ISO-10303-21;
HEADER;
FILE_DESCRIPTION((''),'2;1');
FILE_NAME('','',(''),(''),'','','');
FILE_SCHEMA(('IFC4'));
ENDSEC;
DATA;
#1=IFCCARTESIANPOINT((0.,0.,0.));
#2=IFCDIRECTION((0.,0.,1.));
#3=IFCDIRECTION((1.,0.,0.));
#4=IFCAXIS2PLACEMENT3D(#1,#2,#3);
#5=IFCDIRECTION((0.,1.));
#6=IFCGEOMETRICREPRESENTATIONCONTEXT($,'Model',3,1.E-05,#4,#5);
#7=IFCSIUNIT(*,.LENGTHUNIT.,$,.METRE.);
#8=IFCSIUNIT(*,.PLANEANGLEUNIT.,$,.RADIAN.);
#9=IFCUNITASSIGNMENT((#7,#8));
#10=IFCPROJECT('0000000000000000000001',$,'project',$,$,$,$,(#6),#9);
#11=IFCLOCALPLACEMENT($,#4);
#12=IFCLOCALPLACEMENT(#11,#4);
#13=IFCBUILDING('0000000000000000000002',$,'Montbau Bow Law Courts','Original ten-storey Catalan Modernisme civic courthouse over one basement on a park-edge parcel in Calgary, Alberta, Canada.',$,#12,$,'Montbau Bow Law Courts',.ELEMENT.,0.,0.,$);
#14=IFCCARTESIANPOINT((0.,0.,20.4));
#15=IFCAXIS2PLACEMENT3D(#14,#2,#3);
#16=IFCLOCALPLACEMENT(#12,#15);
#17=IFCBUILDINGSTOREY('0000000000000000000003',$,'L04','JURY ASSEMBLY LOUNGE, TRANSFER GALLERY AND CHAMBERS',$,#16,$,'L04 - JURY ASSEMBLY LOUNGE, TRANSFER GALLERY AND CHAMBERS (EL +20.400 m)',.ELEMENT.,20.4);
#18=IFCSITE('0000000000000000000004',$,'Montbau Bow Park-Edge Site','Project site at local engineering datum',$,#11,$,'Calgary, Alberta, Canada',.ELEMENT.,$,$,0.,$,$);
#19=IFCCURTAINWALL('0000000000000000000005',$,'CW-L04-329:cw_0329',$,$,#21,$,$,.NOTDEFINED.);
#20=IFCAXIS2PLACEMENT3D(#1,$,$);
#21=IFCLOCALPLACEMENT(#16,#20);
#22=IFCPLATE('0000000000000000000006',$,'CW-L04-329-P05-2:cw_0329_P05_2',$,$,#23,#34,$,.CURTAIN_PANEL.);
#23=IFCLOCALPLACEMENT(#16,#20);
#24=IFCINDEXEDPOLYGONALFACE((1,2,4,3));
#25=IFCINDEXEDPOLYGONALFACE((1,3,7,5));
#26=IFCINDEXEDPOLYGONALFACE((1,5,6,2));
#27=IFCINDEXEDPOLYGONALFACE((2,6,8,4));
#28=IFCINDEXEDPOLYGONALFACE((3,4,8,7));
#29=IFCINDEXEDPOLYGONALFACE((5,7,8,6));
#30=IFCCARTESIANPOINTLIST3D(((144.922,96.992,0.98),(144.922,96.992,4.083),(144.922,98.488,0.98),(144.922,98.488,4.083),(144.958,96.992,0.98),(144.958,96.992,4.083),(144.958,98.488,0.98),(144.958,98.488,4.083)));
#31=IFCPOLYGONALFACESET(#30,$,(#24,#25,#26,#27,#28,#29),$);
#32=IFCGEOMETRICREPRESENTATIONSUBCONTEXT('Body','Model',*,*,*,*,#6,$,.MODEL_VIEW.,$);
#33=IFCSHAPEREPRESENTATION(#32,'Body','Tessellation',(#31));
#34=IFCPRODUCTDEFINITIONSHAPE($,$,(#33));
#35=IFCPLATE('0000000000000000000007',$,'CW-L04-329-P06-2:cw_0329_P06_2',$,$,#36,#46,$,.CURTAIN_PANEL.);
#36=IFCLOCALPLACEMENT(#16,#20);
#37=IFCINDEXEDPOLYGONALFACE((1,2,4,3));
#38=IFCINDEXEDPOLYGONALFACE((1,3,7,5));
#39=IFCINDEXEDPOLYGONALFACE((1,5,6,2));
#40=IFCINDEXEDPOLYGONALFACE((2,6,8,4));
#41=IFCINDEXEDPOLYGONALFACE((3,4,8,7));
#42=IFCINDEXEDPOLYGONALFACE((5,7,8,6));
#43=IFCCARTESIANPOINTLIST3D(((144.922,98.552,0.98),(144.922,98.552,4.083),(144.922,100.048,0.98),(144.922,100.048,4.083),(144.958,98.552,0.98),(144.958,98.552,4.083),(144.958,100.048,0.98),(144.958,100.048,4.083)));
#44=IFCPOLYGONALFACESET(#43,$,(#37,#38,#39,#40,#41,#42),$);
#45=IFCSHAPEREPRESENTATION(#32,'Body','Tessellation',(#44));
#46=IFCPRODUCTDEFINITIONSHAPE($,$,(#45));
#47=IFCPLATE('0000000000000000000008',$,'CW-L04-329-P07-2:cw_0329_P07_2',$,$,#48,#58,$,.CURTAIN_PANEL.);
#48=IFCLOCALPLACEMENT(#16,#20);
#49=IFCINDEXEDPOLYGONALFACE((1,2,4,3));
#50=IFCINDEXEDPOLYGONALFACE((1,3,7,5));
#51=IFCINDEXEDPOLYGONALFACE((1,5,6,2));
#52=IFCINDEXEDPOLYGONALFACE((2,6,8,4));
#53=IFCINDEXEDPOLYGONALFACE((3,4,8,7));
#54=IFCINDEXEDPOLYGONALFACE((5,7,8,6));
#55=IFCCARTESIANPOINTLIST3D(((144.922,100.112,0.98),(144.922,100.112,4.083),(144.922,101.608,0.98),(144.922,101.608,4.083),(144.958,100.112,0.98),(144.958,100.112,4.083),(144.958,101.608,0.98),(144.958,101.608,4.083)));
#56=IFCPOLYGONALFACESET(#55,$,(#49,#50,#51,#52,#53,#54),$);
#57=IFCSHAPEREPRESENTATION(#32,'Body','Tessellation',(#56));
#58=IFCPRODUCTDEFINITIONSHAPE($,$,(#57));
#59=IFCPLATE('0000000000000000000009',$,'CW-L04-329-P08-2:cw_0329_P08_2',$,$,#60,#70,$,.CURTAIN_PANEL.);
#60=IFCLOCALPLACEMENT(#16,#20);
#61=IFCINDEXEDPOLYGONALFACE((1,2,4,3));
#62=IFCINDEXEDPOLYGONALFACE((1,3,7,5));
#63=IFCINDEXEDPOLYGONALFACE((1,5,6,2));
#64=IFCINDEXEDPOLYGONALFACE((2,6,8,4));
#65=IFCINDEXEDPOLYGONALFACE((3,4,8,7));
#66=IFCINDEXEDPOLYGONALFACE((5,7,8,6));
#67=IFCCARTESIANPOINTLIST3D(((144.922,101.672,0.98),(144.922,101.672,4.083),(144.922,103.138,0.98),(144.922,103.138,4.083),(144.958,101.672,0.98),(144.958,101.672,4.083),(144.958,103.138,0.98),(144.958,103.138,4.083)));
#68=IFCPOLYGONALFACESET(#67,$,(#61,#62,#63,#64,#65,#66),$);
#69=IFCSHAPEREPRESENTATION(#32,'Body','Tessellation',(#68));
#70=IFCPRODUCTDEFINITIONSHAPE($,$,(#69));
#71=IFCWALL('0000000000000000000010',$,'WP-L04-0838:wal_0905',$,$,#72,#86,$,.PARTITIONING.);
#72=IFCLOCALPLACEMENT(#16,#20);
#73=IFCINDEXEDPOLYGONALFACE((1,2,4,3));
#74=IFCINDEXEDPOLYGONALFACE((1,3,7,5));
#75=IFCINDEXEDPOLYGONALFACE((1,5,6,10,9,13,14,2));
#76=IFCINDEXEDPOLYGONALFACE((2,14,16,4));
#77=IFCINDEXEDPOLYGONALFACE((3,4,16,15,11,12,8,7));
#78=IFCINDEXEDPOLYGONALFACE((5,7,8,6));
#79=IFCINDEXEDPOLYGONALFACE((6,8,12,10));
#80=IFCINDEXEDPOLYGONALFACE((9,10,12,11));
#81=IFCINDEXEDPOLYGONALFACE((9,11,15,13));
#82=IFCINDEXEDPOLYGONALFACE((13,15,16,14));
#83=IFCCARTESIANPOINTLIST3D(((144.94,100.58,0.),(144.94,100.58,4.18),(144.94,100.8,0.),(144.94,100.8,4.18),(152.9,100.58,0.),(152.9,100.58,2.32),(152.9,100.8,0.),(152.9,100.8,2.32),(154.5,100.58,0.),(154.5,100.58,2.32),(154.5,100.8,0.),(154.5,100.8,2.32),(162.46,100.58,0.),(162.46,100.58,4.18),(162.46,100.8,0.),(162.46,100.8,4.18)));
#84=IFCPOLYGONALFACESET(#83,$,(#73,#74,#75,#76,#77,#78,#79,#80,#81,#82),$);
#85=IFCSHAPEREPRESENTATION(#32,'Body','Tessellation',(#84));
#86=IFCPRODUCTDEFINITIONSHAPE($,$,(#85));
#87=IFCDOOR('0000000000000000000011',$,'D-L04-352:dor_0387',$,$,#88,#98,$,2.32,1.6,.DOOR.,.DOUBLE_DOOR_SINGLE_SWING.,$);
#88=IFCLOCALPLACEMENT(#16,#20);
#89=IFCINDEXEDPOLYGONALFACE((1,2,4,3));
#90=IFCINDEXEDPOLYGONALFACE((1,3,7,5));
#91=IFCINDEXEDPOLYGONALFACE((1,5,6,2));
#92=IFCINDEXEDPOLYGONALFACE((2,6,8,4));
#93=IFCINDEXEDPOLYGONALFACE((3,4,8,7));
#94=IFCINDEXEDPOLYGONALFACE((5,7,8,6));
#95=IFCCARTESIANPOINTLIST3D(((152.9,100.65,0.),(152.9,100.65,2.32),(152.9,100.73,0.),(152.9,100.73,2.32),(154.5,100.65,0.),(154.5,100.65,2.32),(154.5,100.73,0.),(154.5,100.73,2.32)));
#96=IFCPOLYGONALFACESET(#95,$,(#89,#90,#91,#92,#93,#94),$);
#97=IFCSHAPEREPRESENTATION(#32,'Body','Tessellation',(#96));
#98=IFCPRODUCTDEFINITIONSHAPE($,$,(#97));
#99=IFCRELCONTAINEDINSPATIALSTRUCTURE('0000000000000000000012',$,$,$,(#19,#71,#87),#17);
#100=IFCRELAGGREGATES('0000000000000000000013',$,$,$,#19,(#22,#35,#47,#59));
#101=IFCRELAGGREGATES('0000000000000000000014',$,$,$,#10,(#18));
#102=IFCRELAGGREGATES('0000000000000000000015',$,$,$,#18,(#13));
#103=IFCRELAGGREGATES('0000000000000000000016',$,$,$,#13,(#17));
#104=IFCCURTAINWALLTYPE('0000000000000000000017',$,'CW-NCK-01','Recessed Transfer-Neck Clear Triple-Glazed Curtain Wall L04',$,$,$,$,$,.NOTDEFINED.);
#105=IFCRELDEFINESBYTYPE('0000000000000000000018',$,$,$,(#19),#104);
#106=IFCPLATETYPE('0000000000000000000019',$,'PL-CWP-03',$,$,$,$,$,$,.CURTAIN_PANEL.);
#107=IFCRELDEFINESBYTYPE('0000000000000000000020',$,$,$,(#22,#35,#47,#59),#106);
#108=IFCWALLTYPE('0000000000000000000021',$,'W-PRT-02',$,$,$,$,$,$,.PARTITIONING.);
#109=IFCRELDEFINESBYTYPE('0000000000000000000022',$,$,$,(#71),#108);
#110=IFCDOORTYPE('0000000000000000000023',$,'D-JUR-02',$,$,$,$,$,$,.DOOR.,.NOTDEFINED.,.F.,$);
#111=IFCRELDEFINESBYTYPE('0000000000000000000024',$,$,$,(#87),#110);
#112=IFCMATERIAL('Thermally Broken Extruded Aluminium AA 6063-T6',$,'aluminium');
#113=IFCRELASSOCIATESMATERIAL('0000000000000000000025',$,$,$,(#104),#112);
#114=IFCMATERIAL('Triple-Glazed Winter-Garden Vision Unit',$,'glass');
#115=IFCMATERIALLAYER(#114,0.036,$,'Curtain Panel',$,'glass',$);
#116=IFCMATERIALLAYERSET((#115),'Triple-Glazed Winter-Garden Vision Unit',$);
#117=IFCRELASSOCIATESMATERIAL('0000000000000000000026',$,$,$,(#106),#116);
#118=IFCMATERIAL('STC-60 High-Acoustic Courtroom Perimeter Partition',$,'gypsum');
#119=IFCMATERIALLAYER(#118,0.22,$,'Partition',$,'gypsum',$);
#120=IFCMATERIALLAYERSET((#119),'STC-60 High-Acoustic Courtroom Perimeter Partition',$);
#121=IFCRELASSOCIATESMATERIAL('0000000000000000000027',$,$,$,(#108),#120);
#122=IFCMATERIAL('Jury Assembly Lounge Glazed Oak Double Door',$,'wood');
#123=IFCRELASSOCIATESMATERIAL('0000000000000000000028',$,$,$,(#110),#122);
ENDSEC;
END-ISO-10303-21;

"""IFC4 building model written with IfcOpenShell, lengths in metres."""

from ifc_helpers import new_model, si_unit, direction, frame, frame_2d, origin_with_axes, place, context, subcontext, project, spatial, rectangle, extrude, material, layer, layer_set, type_object, element, fill, aggregate, save


model = new_model("IFC4")

# Units and contexts
model_context = context("Model", 3, precision=1e-05, world=origin_with_axes(), true_north=direction((0.0, 1.0)))
body_context = subcontext(model_context, "Body", "Model", "MODEL_VIEW")
ifc_project = project(units=[si_unit("LENGTHUNIT", "METRE"), si_unit("PLANEANGLEUNIT", "RADIAN")], contexts=[model_context])

# Site, building, storey
site_placement = place(None, origin_with_axes())
site = spatial("IfcSite", under=ifc_project, at=site_placement, Name="Montbau Bow Park-Edge Site", Description="Project site at local engineering datum", LongName="Calgary, Alberta, Canada", CompositionType="ELEMENT", RefElevation=0.0)
building_placement = place(site_placement, origin_with_axes())
building = spatial("IfcBuilding", under=site, at=building_placement, Name="Montbau Bow Law Courts", Description="Original ten-storey Catalan Modernisme civic courthouse over one basement on a park-edge parcel in Calgary, Alberta, Canada.", LongName="Montbau Bow Law Courts", CompositionType="ELEMENT", ElevationOfRefHeight=0.0, ElevationOfTerrain=0.0)
storey_placement = place(building_placement, frame((0.0, 0.0, 20.4), z_axis=(0.0, 0.0, 1.0), x_axis=(1.0, 0.0, 0.0)))
storey = spatial("IfcBuildingStorey", under=building, at=storey_placement, Name="L04", Description="JURY ASSEMBLY LOUNGE, TRANSFER GALLERY AND CHAMBERS", LongName="L04 - JURY ASSEMBLY LOUNGE, TRANSFER GALLERY AND CHAMBERS (EL +20.400 m)", CompositionType="ELEMENT", Elevation=20.4)

# Curtain wall, plates
ifc_material_1 = material(Name="Thermally Broken Extruded Aluminium AA 6063-T6", Category="aluminium")
curtain_wall_type = type_object("IfcCurtainWallType", Name="CW-NCK-01", Description="Recessed Transfer-Neck Clear Triple-Glazed Curtain Wall L04", PredefinedType="NOTDEFINED", material=ifc_material_1)
curtain_wall_placement = place(None, frame((144.94, 90.72, 20.4), z_axis=(0.0, 0.0, 1.0), x_axis=(1.0, 0.0, 0.0)))
curtain_wall = element("IfcCurtainWall", 1, at=curtain_wall_placement, inside=storey, type_object=curtain_wall_type, Name="CW-L04-329:cw_0329", PredefinedType="NOTDEFINED")
ifc_material_2 = material(Name="Triple-Glazed Winter-Garden Vision Unit", Category="glass")
ifc_layer_1 = layer(ifc_material_2, 0.036, Name="Curtain Panel", Category="glass")
ifc_layer_set_1 = layer_set([ifc_layer_1], Name="Triple-Glazed Winter-Garden Vision Unit")
plate_type_1 = type_object("IfcPlateType", Name="PL-CWP-03", PredefinedType="CURTAIN_PANEL", material=ifc_layer_set_1)
plate_1_placement = place(None, frame((144.94, 96.992, 21.38), z_axis=(1.0, 0.0, 0.0), x_axis=(0.0, 1.0, 0.0)))
plate_1 = element("IfcPlate", 2, at=plate_1_placement, type_object=plate_type_1, Name="CW-L04-329-P05-2:cw_0329_P05_2", PredefinedType="CURTAIN_PANEL", context=body_context, shape_type="SweptSolid", body=[
    extrude(rectangle(XDim=1.496, YDim=3.103, at=frame_2d((0.748, 1.5515), x_axis=(1.0, 0.0))), frame((0.0, 0.0, -0.018), z_axis=(0.0, 0.0, 1.0), x_axis=(1.0, 0.0, 0.0)), (0.0, 0.0, 1.0), 0.036),
])
plate_2_placement = place(None, frame((144.94, 98.552, 21.38), z_axis=(1.0, 0.0, 0.0), x_axis=(0.0, 1.0, 0.0)))
plate_2 = element("IfcPlate", 3, at=plate_2_placement, type_object=plate_type_1, Name="CW-L04-329-P06-2:cw_0329_P06_2", PredefinedType="CURTAIN_PANEL", context=body_context, shape_type="SweptSolid", body=[
    extrude(rectangle(XDim=1.496, YDim=3.103, at=frame_2d((0.748, 1.5515), x_axis=(1.0, 0.0))), frame((0.0, 0.0, -0.018), z_axis=(0.0, 0.0, 1.0), x_axis=(1.0, 0.0, 0.0)), (0.0, 0.0, 1.0), 0.036),
])
plate_3_placement = place(None, frame((144.94, 100.112, 21.38), z_axis=(1.0, 0.0, 0.0), x_axis=(0.0, 1.0, 0.0)))
plate_3 = element("IfcPlate", 4, at=plate_3_placement, type_object=plate_type_1, Name="CW-L04-329-P07-2:cw_0329_P07_2", PredefinedType="CURTAIN_PANEL", context=body_context, shape_type="SweptSolid", body=[
    extrude(rectangle(XDim=1.496, YDim=3.103, at=frame_2d((0.748, 1.5515), x_axis=(1.0, 0.0))), frame((0.0, 0.0, -0.018), z_axis=(0.0, 0.0, 1.0), x_axis=(1.0, 0.0, 0.0)), (0.0, 0.0, 1.0), 0.036),
])
plate_4_placement = place(None, frame((144.94, 101.672, 21.38), z_axis=(1.0, 0.0, 0.0), x_axis=(0.0, 1.0, 0.0)))
plate_4 = element("IfcPlate", 5, at=plate_4_placement, type_object=plate_type_1, Name="CW-L04-329-P08-2:cw_0329_P08_2", PredefinedType="CURTAIN_PANEL", context=body_context, shape_type="SweptSolid", body=[
    extrude(rectangle(XDim=1.466, YDim=3.103, at=frame_2d((0.733, 1.5515), x_axis=(1.0, 0.0))), frame((0.0, 0.0, -0.018), z_axis=(0.0, 0.0, 1.0), x_axis=(1.0, 0.0, 0.0)), (0.0, 0.0, 1.0), 0.036),
])
aggregate(curtain_wall, [plate_1, plate_2, plate_3, plate_4])

# Wall, opening, door
ifc_material_3 = material(Name="STC-60 High-Acoustic Courtroom Perimeter Partition", Category="gypsum")
ifc_layer_2 = layer(ifc_material_3, 0.22, Name="Partition", Category="gypsum")
ifc_layer_set_2 = layer_set([ifc_layer_2], Name="STC-60 High-Acoustic Courtroom Perimeter Partition")
wall_type = type_object("IfcWallType", Name="W-PRT-02", PredefinedType="PARTITIONING", material=ifc_layer_set_2)
wall_placement = place(None, frame((144.94, 100.69, 20.4), z_axis=(0.0, 0.0, 1.0), x_axis=(1.0, 0.0, 0.0)))
wall = element("IfcWall", 6, at=wall_placement, inside=storey, type_object=wall_type, Name="WP-L04-0838:wal_0905", PredefinedType="PARTITIONING", context=body_context, shape_type="SweptSolid", body=[
    extrude(rectangle(XDim=17.52, YDim=0.22, at=frame_2d((8.76, 0.0), x_axis=(1.0, 0.0))), origin_with_axes(), (0.0, 0.0, 1.0), 4.18),
])
opening_placement = place(None, frame((153.7, 100.69, 20.4), z_axis=(0.0, 0.0, 1.0), x_axis=(1.0, 0.0, 0.0)))
opening = element("IfcOpeningElement", 7, at=opening_placement, cuts=wall, PredefinedType="OPENING", context=body_context, shape_type="SweptSolid", body=[
    extrude(rectangle(XDim=1.6, YDim=2.32, at=frame_2d((0.0, 1.16), x_axis=(1.0, 0.0))), frame((0.0, 0.12, 0.0), z_axis=(0.0, -1.0, 0.0), x_axis=(1.0, 0.0, 0.0)), (0.0, 0.0, 1.0), 0.24),
])
ifc_material_4 = material(Name="Jury Assembly Lounge Glazed Oak Double Door", Category="wood")
door_type = type_object("IfcDoorType", Name="D-JUR-02", OperationType="NOTDEFINED", ParameterTakesPrecedence=False, PredefinedType="DOOR", material=ifc_material_4)
door_placement = place(None, frame((153.7, 100.69, 20.4), z_axis=(0.0, 0.0, 1.0), x_axis=(-1.0, 0.0, 0.0)))
door = element("IfcDoor", 8, at=door_placement, inside=storey, type_object=door_type, Name="D-L04-352:dor_0387", OperationType="DOUBLE_DOOR_SINGLE_SWING", OverallHeight=2.32, OverallWidth=1.6, PredefinedType="DOOR", context=body_context, shape_type="SweptSolid", body=[
    extrude(rectangle(XDim=1.6, YDim=2.32, at=frame_2d((0.0, 1.16), x_axis=(1.0, 0.0))), frame((0.0, 0.04, 0.0), z_axis=(0.0, -1.0, 0.0), x_axis=(1.0, 0.0, 0.0)), (0.0, 0.0, 1.0), 0.08),
])
fill(opening, door)

save(model, "model.ifc")
